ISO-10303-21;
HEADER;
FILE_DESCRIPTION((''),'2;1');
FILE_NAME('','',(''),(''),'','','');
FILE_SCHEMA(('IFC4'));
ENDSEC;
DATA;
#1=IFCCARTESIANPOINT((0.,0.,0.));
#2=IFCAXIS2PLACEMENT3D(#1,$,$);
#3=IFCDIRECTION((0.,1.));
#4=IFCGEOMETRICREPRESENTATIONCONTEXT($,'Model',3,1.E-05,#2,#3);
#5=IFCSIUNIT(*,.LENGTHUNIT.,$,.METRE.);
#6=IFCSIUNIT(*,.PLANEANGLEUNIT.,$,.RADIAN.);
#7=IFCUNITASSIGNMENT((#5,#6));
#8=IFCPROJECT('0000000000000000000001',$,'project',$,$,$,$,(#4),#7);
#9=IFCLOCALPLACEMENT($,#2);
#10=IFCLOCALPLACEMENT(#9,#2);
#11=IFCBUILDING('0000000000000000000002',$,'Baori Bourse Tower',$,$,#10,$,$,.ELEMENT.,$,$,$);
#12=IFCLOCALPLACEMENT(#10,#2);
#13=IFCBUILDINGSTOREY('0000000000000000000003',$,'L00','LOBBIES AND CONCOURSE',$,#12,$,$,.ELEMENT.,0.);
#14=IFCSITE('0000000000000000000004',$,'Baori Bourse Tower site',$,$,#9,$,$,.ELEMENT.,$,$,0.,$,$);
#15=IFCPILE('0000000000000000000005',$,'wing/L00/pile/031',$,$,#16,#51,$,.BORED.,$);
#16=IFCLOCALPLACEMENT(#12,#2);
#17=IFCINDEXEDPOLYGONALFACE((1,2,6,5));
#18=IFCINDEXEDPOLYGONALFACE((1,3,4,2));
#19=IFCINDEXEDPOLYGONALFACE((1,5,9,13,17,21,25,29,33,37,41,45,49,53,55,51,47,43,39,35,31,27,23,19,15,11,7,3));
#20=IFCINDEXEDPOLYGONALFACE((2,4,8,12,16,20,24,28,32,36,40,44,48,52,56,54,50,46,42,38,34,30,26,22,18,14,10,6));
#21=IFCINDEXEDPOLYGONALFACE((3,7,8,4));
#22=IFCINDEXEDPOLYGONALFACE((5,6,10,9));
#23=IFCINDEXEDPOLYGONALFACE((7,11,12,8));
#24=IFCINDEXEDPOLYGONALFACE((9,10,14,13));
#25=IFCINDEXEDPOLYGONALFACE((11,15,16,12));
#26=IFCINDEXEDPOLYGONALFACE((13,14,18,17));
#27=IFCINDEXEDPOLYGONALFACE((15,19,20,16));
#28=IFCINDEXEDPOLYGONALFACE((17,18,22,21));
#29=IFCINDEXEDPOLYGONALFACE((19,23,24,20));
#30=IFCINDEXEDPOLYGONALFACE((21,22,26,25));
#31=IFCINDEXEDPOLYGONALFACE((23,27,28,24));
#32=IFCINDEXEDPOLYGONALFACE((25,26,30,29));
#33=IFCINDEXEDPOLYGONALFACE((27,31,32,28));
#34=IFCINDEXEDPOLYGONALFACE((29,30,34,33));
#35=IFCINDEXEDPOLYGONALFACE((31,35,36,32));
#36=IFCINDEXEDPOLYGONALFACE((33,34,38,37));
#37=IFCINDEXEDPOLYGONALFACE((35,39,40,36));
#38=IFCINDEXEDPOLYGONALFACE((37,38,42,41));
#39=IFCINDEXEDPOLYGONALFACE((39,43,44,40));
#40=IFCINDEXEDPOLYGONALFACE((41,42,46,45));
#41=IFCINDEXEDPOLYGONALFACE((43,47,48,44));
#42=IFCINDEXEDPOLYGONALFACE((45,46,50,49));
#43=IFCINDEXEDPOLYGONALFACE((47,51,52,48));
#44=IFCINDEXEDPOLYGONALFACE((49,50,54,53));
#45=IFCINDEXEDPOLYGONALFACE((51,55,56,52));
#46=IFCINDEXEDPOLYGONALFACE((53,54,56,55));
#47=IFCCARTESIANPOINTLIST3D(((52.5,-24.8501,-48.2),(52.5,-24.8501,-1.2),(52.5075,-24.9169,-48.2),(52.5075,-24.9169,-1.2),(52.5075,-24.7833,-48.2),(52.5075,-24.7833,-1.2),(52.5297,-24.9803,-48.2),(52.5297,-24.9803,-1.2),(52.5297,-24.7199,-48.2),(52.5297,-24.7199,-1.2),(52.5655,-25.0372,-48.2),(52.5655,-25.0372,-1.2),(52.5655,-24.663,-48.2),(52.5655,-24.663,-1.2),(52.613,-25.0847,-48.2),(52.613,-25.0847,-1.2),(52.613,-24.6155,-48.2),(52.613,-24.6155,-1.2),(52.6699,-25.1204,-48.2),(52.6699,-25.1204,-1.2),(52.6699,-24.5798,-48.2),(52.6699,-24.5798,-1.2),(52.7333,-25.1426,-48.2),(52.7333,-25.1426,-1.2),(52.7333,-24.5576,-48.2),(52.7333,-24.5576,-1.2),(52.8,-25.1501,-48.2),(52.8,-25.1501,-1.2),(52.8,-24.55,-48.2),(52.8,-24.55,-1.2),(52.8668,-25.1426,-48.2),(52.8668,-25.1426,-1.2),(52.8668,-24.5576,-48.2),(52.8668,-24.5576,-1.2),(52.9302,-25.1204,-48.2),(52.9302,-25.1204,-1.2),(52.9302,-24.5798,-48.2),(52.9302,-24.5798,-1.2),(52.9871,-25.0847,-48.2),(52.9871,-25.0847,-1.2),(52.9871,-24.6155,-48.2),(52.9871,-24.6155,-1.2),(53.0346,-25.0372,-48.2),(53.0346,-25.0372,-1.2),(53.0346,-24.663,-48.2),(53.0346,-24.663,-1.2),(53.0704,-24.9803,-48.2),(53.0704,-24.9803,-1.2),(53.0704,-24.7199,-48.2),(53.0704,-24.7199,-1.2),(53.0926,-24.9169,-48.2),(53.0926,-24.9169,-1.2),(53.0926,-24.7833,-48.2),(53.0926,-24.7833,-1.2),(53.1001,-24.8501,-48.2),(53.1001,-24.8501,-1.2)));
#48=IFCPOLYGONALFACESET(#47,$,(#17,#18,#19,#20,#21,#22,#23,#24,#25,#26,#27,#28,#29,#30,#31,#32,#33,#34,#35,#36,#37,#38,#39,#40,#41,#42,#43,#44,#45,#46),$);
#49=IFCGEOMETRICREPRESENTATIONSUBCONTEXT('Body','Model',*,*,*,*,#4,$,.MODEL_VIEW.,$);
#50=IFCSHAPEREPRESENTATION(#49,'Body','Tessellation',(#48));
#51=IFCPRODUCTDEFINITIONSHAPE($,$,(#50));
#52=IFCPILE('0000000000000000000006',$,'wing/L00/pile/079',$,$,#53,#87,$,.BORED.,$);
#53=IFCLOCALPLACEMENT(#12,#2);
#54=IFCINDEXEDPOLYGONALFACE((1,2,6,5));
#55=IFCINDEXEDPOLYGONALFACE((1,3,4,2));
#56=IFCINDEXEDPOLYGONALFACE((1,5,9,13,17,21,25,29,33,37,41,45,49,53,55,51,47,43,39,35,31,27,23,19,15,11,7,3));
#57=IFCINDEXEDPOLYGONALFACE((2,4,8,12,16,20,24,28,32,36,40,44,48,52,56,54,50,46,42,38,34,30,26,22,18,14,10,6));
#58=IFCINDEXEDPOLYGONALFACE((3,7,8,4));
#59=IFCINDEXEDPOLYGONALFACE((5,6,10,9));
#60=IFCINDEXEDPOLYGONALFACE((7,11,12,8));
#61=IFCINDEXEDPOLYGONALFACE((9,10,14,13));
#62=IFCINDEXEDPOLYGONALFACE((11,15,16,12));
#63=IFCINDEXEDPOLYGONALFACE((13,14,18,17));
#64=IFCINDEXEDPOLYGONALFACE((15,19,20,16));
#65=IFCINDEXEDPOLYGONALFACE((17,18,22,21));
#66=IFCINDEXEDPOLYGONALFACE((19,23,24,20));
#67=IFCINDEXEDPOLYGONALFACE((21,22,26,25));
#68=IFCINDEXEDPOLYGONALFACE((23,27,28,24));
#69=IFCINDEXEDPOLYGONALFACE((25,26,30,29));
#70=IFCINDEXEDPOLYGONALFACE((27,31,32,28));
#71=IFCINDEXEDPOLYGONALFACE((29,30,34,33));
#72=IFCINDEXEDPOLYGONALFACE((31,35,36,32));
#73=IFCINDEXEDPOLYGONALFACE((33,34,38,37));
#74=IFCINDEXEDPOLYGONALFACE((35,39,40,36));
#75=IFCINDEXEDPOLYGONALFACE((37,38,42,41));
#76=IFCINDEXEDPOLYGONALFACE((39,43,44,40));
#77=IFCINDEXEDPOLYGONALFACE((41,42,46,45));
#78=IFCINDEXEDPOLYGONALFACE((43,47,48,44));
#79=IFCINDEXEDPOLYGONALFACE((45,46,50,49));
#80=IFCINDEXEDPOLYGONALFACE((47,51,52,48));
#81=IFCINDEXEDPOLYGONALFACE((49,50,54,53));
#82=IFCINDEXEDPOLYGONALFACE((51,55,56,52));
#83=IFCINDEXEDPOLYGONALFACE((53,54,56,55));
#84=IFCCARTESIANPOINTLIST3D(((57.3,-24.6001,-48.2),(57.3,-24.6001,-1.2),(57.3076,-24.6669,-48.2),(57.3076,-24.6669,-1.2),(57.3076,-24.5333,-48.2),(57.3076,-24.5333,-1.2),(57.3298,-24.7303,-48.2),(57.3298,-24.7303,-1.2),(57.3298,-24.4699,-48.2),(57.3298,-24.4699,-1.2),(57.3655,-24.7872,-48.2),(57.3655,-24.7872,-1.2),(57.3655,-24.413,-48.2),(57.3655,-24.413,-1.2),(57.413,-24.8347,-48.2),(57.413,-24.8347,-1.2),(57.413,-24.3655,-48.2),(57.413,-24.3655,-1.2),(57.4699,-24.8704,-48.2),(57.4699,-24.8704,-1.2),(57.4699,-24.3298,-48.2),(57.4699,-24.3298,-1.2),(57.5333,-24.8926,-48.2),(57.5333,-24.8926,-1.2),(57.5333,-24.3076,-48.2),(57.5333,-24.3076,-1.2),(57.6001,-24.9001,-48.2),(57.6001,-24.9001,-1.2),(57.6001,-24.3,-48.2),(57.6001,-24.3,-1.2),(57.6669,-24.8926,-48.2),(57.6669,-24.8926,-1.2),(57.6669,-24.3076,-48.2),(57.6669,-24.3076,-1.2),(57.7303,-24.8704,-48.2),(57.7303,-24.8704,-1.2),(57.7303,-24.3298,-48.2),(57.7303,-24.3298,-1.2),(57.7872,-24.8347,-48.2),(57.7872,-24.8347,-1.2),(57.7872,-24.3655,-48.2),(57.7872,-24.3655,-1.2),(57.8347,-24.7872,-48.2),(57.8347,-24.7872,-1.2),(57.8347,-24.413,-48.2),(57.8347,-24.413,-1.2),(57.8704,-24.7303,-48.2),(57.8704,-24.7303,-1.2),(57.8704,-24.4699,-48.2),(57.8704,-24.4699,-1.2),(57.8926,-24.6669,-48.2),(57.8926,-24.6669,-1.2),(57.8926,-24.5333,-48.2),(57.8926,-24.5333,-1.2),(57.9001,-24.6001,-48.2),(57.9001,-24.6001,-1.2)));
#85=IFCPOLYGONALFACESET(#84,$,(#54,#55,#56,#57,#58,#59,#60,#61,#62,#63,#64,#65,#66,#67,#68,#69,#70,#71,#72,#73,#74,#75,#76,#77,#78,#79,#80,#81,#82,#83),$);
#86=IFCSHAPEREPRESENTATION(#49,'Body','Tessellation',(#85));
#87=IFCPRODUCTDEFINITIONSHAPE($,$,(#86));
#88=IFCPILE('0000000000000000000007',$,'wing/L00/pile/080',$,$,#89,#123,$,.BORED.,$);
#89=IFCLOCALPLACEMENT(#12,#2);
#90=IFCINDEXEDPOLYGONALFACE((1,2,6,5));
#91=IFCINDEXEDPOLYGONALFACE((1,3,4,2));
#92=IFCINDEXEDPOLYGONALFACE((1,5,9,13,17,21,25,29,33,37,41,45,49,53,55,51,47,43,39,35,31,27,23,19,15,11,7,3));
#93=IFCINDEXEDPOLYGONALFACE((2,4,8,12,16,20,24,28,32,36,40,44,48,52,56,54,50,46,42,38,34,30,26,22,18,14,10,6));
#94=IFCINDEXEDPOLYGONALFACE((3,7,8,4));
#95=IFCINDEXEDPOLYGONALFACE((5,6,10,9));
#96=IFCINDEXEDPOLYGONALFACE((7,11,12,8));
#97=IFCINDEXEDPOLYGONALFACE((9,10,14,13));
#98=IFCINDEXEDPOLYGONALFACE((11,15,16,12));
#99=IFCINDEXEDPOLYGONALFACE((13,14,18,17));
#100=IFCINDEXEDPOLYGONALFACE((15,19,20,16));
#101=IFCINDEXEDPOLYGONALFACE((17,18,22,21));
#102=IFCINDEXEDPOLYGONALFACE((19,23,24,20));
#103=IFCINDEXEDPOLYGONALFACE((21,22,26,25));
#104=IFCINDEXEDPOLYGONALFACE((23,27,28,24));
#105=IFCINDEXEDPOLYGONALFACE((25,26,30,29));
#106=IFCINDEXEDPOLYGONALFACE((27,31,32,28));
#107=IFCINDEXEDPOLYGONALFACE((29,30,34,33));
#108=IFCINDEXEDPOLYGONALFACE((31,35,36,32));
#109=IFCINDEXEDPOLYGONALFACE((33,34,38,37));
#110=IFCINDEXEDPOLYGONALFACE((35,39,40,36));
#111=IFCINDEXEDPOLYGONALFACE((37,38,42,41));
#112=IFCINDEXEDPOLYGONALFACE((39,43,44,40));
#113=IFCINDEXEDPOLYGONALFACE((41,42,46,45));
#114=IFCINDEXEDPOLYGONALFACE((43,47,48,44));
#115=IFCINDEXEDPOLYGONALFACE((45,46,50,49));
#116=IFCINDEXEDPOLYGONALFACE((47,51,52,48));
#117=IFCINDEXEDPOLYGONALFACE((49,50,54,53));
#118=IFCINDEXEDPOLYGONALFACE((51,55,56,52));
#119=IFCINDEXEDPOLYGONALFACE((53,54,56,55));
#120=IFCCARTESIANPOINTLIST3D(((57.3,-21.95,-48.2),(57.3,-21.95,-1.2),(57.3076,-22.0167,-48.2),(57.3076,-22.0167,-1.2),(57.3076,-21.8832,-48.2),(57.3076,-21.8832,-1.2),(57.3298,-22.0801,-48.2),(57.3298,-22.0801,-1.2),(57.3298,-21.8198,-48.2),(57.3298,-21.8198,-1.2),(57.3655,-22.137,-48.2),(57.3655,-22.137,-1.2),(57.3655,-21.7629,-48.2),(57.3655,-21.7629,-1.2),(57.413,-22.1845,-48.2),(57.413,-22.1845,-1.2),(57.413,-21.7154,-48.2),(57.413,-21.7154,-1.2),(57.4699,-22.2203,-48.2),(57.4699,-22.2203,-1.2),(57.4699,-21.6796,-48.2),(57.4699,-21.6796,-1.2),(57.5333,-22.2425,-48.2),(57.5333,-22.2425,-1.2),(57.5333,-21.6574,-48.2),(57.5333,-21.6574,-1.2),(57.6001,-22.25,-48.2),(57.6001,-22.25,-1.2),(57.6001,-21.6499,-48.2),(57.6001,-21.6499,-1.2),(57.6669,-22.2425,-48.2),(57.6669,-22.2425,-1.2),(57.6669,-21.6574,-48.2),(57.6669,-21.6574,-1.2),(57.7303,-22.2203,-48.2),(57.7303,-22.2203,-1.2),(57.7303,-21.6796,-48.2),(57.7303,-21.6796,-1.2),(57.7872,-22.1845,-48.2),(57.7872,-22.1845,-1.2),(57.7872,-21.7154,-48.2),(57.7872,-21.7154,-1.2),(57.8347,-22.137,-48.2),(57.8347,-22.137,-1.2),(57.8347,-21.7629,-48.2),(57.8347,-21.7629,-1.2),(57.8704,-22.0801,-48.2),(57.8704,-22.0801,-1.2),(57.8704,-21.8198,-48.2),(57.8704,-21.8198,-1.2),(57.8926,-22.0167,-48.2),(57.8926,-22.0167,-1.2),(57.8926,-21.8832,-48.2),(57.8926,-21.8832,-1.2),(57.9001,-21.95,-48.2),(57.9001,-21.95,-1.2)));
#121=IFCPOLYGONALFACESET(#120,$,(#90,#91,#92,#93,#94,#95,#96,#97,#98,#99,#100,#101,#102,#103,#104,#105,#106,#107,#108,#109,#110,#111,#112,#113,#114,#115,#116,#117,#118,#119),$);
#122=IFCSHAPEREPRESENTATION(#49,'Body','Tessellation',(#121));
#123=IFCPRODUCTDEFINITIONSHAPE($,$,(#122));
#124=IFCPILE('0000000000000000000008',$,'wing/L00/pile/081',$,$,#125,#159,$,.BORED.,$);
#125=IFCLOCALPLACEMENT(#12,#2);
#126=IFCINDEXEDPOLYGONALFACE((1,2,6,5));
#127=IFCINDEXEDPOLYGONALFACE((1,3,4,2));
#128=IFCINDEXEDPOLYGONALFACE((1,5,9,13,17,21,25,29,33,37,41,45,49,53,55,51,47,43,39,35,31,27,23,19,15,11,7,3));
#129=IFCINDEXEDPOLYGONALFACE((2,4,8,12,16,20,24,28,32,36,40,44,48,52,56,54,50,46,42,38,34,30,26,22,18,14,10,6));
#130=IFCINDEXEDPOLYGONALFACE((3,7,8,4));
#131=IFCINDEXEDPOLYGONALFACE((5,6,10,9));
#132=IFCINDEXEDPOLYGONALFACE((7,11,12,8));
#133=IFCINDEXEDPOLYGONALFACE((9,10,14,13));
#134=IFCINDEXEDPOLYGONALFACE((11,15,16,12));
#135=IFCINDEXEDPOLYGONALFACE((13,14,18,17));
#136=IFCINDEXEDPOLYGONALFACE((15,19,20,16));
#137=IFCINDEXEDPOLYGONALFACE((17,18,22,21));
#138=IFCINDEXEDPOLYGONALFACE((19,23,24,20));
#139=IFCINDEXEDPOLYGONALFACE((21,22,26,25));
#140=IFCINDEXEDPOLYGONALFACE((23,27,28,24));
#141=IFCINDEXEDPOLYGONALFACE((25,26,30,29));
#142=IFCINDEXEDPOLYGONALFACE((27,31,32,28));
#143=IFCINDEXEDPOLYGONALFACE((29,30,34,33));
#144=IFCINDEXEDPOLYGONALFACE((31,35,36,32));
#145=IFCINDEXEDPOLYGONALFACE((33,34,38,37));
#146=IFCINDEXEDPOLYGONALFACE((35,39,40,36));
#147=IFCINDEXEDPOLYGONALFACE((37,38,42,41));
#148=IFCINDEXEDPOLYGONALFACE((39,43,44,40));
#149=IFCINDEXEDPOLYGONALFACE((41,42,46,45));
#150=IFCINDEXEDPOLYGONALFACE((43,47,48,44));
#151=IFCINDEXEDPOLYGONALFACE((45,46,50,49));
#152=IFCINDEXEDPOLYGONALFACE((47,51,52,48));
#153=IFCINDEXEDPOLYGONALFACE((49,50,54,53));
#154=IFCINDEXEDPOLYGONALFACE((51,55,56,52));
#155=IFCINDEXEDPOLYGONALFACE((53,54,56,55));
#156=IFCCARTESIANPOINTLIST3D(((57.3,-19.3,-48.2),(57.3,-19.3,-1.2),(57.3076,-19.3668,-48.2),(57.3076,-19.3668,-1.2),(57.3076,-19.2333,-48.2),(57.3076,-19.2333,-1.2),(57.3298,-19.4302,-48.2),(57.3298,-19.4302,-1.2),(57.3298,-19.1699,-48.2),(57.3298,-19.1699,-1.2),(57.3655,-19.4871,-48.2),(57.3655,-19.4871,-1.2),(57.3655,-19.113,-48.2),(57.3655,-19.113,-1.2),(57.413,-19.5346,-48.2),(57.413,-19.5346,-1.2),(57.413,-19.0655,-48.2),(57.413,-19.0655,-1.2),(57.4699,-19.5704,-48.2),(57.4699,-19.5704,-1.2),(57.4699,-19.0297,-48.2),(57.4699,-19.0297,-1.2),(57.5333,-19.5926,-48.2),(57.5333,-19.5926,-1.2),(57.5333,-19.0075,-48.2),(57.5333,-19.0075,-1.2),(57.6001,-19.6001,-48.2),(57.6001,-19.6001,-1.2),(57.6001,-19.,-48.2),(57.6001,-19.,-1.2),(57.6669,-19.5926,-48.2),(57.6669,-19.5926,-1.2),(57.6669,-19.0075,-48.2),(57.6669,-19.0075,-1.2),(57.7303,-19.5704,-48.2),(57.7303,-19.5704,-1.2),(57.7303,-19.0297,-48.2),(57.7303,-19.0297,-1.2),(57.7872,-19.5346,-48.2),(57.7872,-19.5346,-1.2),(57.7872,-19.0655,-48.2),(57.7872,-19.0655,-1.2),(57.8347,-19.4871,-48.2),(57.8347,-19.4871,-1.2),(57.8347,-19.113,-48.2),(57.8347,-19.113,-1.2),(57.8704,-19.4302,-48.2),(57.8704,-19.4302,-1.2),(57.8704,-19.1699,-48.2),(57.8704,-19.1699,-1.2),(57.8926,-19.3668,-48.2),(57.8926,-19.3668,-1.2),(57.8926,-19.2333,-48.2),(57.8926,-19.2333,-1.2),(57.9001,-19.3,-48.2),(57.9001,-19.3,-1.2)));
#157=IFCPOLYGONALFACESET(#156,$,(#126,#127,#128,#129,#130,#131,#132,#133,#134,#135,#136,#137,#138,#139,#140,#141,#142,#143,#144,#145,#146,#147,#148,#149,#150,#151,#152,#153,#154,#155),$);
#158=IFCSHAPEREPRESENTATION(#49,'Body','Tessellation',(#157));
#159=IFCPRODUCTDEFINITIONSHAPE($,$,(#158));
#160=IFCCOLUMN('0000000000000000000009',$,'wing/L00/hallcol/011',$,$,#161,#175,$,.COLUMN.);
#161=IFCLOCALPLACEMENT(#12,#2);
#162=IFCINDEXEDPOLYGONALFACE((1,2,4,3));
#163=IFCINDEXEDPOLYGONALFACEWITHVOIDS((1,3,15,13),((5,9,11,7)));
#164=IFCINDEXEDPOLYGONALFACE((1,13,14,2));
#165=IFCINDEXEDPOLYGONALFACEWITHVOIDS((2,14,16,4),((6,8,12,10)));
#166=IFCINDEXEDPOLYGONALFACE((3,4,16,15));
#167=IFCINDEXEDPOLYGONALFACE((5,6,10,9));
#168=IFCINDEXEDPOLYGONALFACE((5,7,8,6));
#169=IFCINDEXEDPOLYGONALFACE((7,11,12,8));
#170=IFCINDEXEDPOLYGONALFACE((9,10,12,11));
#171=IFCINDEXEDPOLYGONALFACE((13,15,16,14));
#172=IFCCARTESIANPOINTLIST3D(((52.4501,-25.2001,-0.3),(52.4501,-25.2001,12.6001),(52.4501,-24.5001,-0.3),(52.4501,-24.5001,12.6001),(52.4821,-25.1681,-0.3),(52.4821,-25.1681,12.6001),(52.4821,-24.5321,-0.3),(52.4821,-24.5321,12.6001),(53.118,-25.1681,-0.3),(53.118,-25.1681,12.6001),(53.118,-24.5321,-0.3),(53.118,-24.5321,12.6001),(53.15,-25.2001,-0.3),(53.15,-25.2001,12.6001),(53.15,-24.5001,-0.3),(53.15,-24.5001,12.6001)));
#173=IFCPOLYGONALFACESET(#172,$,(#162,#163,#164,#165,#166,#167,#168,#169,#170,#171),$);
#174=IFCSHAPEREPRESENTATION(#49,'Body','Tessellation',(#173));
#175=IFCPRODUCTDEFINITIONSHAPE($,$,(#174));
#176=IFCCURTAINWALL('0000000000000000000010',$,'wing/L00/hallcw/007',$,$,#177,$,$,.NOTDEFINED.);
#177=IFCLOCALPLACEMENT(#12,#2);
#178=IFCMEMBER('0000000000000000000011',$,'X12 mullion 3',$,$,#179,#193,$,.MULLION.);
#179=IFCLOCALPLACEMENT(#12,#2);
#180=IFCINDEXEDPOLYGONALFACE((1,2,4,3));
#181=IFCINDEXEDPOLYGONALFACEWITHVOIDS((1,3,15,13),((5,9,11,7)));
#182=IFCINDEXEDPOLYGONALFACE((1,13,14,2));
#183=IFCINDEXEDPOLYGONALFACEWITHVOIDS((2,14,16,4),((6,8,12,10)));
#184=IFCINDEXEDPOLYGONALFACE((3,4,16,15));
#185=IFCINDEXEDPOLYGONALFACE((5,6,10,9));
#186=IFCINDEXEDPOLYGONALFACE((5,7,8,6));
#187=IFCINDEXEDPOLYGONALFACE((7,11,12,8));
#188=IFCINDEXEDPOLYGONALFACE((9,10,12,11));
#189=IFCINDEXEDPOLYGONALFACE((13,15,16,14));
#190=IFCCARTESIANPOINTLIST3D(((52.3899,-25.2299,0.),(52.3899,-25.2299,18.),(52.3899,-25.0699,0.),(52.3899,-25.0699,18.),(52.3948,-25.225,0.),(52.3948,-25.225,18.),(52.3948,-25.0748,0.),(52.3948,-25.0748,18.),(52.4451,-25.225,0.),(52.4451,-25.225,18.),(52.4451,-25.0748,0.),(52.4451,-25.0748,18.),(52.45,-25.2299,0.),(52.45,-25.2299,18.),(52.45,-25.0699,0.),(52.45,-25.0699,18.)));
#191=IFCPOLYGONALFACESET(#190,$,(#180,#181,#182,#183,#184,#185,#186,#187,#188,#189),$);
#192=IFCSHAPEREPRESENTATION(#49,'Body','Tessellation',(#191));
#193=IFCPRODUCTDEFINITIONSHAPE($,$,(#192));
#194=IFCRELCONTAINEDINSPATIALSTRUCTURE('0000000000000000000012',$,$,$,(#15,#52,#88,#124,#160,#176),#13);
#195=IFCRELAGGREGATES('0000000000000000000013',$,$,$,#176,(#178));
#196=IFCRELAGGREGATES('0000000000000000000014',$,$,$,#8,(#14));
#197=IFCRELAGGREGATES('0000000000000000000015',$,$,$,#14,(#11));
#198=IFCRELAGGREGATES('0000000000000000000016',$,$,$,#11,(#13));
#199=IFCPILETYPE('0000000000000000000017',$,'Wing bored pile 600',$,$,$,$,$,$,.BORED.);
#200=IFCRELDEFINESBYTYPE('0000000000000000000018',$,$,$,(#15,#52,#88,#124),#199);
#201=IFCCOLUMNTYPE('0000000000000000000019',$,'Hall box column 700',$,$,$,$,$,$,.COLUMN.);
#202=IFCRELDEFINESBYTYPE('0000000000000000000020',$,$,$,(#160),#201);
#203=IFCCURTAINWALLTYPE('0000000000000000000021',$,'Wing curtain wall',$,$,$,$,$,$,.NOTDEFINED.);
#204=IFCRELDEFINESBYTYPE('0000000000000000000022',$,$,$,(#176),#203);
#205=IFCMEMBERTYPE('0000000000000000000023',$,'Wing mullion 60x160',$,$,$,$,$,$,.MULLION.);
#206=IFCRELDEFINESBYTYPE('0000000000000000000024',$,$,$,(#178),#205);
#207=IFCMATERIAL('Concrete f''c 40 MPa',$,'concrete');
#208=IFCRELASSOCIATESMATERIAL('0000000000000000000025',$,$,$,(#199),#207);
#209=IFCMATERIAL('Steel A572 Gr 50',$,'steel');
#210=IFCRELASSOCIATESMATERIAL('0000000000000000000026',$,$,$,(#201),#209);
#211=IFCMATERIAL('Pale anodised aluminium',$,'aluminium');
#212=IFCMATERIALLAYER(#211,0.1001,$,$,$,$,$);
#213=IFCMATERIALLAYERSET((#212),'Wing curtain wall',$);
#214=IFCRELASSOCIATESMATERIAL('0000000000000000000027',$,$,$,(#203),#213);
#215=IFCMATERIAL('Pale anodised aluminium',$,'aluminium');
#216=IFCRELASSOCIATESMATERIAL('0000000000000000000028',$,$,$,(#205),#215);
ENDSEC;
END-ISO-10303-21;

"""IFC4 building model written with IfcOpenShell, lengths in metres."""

from ifc_helpers import new_model, si_unit, direction, frame, origin, origin_2d, place, context, subcontext, project, spatial, hollow_rectangle, circle, extrude, material, layer, layer_set, material_profile, profile_set, type_object, element, aggregate, save


model = new_model("IFC4")

# Units and contexts
model_context = context("Model", 3, precision=1e-05, world=origin(), true_north=direction((0.0, 1.0)))
body_context = subcontext(model_context, "Body", "Model", "MODEL_VIEW")
ifc_project = project(units=[si_unit("LENGTHUNIT", "METRE"), si_unit("PLANEANGLEUNIT", "RADIAN")], contexts=[model_context])

# Site, building, storey
site_placement = place(None, origin())
site = spatial("IfcSite", under=ifc_project, at=site_placement, Name="Baori Bourse Tower site", CompositionType="ELEMENT", RefElevation=0.0)
building_placement = place(site_placement, origin())
building = spatial("IfcBuilding", under=site, at=building_placement, Name="Baori Bourse Tower", CompositionType="ELEMENT")
storey_placement = place(building_placement, origin())
storey = spatial("IfcBuildingStorey", under=building, at=storey_placement, Name="L00", Description="LOBBIES AND CONCOURSE", CompositionType="ELEMENT", Elevation=0.0)

# Piles
ifc_material_1 = material(Name="Concrete f'c 40 MPa", Category="concrete")
ifc_material_profile_1 = material_profile(ifc_material_1, circle(Radius=0.3, at=origin_2d()), Name="Wing bored pile 600")
ifc_profile_set_1 = profile_set([ifc_material_profile_1], Name="Concrete f'c 40 MPa")
pile_type = type_object("IfcPileType", Name="Wing bored pile 600", PredefinedType="BORED", material=ifc_profile_set_1)
for number, where, z_axis, x_axis, name in (
    (1, (52.8, -24.8501, -1.2), (0.0, 0.0, -1.0), (1.0, 0.0, 0.0), "wing/L00/pile/031"),
    (2, (57.6001, -24.6001, -1.2), (0.0, 0.0, -1.0), (1.0, 0.0, 0.0), "wing/L00/pile/079"),
    (3, (57.6001, -21.95, -1.2), (0.0, 0.0, -1.0), (1.0, 0.0, 0.0), "wing/L00/pile/080"),
    (4, (57.6001, -19.3, -1.2), (0.0, 0.0, -1.0), (1.0, 0.0, 0.0), "wing/L00/pile/081"),
):
    element("IfcPile", number, at=place(storey_placement, frame(where, z_axis=z_axis, x_axis=x_axis)), inside=storey, type_object=pile_type, Name=name, PredefinedType="BORED", context=body_context, shape_type="SweptSolid", body=[
        extrude(circle(Radius=0.3, at=origin_2d()), origin(), (0.0, 0.0, 1.0), 47.0),
    ])

# Column
ifc_material_2 = material(Name="Steel A572 Gr 50", Category="steel")
ifc_material_profile_2 = material_profile(ifc_material_2, hollow_rectangle(XDim=0.7, YDim=0.7, WallThickness=0.032, at=origin_2d()), Name="BOX 700x700x32")
ifc_profile_set_2 = profile_set([ifc_material_profile_2], Name="Steel A572 Gr 50")
column_type = type_object("IfcColumnType", Name="Hall box column 700", PredefinedType="COLUMN", material=ifc_profile_set_2)
column_placement = place(storey_placement, frame((52.8, -24.8501, -0.3), z_axis=(0.0, 0.0, 1.0), x_axis=(1.0, 0.0, 0.0)))
element("IfcColumn", 5, at=column_placement, inside=storey, type_object=column_type, Name="wing/L00/hallcol/011", PredefinedType="COLUMN", context=body_context, shape_type="SweptSolid", body=[
    extrude(hollow_rectangle(XDim=0.7, YDim=0.7, WallThickness=0.032, at=origin_2d()), origin(), (0.0, 0.0, 1.0), 12.9001),
])

# Curtain wall, member
ifc_material_3 = material(Name="Pale anodised aluminium", Category="aluminium")
ifc_layer_1 = layer(ifc_material_3, 0.1001)
ifc_layer_set_1 = layer_set([ifc_layer_1], Name="Wing curtain wall")
curtain_wall_type = type_object("IfcCurtainWallType", Name="Wing curtain wall", PredefinedType="NOTDEFINED", material=ifc_layer_set_1)
curtain_wall_1_placement = place(storey_placement, origin())
curtain_wall_1 = element("IfcCurtainWall", 6, at=curtain_wall_1_placement, inside=storey, type_object=curtain_wall_type, Name="wing/L00/hallcw/007", PredefinedType="NOTDEFINED")
ifc_material_4 = material(Name="Pale anodised aluminium", Category="aluminium")
ifc_material_profile_3 = material_profile(ifc_material_4, hollow_rectangle(XDim=0.1599, YDim=0.0601, WallThickness=0.0049, at=origin_2d()), Name="Mullion 160x60x5")
ifc_profile_set_3 = profile_set([ifc_material_profile_3], Name="Pale anodised aluminium")
member_type_1 = type_object("IfcMemberType", Name="Wing mullion 60x160", PredefinedType="MULLION", material=ifc_profile_set_3)
member_1_placement = place(storey_placement, frame((52.4199, -25.1499, 0.0), z_axis=(0.0, 0.0, 1.0), x_axis=(0.0, 1.0, 0.0)))
member_1 = element("IfcMember", 7, at=member_1_placement, type_object=member_type_1, Name="X12 mullion 3", PredefinedType="MULLION", context=body_context, shape_type="SweptSolid", body=[
    extrude(hollow_rectangle(XDim=0.1599, YDim=0.0601, WallThickness=0.0049, at=origin_2d()), origin(), (0.0, 0.0, 1.0), 18.0),
])
aggregate(curtain_wall_1, [member_1])

save(model, "model.ifc")
